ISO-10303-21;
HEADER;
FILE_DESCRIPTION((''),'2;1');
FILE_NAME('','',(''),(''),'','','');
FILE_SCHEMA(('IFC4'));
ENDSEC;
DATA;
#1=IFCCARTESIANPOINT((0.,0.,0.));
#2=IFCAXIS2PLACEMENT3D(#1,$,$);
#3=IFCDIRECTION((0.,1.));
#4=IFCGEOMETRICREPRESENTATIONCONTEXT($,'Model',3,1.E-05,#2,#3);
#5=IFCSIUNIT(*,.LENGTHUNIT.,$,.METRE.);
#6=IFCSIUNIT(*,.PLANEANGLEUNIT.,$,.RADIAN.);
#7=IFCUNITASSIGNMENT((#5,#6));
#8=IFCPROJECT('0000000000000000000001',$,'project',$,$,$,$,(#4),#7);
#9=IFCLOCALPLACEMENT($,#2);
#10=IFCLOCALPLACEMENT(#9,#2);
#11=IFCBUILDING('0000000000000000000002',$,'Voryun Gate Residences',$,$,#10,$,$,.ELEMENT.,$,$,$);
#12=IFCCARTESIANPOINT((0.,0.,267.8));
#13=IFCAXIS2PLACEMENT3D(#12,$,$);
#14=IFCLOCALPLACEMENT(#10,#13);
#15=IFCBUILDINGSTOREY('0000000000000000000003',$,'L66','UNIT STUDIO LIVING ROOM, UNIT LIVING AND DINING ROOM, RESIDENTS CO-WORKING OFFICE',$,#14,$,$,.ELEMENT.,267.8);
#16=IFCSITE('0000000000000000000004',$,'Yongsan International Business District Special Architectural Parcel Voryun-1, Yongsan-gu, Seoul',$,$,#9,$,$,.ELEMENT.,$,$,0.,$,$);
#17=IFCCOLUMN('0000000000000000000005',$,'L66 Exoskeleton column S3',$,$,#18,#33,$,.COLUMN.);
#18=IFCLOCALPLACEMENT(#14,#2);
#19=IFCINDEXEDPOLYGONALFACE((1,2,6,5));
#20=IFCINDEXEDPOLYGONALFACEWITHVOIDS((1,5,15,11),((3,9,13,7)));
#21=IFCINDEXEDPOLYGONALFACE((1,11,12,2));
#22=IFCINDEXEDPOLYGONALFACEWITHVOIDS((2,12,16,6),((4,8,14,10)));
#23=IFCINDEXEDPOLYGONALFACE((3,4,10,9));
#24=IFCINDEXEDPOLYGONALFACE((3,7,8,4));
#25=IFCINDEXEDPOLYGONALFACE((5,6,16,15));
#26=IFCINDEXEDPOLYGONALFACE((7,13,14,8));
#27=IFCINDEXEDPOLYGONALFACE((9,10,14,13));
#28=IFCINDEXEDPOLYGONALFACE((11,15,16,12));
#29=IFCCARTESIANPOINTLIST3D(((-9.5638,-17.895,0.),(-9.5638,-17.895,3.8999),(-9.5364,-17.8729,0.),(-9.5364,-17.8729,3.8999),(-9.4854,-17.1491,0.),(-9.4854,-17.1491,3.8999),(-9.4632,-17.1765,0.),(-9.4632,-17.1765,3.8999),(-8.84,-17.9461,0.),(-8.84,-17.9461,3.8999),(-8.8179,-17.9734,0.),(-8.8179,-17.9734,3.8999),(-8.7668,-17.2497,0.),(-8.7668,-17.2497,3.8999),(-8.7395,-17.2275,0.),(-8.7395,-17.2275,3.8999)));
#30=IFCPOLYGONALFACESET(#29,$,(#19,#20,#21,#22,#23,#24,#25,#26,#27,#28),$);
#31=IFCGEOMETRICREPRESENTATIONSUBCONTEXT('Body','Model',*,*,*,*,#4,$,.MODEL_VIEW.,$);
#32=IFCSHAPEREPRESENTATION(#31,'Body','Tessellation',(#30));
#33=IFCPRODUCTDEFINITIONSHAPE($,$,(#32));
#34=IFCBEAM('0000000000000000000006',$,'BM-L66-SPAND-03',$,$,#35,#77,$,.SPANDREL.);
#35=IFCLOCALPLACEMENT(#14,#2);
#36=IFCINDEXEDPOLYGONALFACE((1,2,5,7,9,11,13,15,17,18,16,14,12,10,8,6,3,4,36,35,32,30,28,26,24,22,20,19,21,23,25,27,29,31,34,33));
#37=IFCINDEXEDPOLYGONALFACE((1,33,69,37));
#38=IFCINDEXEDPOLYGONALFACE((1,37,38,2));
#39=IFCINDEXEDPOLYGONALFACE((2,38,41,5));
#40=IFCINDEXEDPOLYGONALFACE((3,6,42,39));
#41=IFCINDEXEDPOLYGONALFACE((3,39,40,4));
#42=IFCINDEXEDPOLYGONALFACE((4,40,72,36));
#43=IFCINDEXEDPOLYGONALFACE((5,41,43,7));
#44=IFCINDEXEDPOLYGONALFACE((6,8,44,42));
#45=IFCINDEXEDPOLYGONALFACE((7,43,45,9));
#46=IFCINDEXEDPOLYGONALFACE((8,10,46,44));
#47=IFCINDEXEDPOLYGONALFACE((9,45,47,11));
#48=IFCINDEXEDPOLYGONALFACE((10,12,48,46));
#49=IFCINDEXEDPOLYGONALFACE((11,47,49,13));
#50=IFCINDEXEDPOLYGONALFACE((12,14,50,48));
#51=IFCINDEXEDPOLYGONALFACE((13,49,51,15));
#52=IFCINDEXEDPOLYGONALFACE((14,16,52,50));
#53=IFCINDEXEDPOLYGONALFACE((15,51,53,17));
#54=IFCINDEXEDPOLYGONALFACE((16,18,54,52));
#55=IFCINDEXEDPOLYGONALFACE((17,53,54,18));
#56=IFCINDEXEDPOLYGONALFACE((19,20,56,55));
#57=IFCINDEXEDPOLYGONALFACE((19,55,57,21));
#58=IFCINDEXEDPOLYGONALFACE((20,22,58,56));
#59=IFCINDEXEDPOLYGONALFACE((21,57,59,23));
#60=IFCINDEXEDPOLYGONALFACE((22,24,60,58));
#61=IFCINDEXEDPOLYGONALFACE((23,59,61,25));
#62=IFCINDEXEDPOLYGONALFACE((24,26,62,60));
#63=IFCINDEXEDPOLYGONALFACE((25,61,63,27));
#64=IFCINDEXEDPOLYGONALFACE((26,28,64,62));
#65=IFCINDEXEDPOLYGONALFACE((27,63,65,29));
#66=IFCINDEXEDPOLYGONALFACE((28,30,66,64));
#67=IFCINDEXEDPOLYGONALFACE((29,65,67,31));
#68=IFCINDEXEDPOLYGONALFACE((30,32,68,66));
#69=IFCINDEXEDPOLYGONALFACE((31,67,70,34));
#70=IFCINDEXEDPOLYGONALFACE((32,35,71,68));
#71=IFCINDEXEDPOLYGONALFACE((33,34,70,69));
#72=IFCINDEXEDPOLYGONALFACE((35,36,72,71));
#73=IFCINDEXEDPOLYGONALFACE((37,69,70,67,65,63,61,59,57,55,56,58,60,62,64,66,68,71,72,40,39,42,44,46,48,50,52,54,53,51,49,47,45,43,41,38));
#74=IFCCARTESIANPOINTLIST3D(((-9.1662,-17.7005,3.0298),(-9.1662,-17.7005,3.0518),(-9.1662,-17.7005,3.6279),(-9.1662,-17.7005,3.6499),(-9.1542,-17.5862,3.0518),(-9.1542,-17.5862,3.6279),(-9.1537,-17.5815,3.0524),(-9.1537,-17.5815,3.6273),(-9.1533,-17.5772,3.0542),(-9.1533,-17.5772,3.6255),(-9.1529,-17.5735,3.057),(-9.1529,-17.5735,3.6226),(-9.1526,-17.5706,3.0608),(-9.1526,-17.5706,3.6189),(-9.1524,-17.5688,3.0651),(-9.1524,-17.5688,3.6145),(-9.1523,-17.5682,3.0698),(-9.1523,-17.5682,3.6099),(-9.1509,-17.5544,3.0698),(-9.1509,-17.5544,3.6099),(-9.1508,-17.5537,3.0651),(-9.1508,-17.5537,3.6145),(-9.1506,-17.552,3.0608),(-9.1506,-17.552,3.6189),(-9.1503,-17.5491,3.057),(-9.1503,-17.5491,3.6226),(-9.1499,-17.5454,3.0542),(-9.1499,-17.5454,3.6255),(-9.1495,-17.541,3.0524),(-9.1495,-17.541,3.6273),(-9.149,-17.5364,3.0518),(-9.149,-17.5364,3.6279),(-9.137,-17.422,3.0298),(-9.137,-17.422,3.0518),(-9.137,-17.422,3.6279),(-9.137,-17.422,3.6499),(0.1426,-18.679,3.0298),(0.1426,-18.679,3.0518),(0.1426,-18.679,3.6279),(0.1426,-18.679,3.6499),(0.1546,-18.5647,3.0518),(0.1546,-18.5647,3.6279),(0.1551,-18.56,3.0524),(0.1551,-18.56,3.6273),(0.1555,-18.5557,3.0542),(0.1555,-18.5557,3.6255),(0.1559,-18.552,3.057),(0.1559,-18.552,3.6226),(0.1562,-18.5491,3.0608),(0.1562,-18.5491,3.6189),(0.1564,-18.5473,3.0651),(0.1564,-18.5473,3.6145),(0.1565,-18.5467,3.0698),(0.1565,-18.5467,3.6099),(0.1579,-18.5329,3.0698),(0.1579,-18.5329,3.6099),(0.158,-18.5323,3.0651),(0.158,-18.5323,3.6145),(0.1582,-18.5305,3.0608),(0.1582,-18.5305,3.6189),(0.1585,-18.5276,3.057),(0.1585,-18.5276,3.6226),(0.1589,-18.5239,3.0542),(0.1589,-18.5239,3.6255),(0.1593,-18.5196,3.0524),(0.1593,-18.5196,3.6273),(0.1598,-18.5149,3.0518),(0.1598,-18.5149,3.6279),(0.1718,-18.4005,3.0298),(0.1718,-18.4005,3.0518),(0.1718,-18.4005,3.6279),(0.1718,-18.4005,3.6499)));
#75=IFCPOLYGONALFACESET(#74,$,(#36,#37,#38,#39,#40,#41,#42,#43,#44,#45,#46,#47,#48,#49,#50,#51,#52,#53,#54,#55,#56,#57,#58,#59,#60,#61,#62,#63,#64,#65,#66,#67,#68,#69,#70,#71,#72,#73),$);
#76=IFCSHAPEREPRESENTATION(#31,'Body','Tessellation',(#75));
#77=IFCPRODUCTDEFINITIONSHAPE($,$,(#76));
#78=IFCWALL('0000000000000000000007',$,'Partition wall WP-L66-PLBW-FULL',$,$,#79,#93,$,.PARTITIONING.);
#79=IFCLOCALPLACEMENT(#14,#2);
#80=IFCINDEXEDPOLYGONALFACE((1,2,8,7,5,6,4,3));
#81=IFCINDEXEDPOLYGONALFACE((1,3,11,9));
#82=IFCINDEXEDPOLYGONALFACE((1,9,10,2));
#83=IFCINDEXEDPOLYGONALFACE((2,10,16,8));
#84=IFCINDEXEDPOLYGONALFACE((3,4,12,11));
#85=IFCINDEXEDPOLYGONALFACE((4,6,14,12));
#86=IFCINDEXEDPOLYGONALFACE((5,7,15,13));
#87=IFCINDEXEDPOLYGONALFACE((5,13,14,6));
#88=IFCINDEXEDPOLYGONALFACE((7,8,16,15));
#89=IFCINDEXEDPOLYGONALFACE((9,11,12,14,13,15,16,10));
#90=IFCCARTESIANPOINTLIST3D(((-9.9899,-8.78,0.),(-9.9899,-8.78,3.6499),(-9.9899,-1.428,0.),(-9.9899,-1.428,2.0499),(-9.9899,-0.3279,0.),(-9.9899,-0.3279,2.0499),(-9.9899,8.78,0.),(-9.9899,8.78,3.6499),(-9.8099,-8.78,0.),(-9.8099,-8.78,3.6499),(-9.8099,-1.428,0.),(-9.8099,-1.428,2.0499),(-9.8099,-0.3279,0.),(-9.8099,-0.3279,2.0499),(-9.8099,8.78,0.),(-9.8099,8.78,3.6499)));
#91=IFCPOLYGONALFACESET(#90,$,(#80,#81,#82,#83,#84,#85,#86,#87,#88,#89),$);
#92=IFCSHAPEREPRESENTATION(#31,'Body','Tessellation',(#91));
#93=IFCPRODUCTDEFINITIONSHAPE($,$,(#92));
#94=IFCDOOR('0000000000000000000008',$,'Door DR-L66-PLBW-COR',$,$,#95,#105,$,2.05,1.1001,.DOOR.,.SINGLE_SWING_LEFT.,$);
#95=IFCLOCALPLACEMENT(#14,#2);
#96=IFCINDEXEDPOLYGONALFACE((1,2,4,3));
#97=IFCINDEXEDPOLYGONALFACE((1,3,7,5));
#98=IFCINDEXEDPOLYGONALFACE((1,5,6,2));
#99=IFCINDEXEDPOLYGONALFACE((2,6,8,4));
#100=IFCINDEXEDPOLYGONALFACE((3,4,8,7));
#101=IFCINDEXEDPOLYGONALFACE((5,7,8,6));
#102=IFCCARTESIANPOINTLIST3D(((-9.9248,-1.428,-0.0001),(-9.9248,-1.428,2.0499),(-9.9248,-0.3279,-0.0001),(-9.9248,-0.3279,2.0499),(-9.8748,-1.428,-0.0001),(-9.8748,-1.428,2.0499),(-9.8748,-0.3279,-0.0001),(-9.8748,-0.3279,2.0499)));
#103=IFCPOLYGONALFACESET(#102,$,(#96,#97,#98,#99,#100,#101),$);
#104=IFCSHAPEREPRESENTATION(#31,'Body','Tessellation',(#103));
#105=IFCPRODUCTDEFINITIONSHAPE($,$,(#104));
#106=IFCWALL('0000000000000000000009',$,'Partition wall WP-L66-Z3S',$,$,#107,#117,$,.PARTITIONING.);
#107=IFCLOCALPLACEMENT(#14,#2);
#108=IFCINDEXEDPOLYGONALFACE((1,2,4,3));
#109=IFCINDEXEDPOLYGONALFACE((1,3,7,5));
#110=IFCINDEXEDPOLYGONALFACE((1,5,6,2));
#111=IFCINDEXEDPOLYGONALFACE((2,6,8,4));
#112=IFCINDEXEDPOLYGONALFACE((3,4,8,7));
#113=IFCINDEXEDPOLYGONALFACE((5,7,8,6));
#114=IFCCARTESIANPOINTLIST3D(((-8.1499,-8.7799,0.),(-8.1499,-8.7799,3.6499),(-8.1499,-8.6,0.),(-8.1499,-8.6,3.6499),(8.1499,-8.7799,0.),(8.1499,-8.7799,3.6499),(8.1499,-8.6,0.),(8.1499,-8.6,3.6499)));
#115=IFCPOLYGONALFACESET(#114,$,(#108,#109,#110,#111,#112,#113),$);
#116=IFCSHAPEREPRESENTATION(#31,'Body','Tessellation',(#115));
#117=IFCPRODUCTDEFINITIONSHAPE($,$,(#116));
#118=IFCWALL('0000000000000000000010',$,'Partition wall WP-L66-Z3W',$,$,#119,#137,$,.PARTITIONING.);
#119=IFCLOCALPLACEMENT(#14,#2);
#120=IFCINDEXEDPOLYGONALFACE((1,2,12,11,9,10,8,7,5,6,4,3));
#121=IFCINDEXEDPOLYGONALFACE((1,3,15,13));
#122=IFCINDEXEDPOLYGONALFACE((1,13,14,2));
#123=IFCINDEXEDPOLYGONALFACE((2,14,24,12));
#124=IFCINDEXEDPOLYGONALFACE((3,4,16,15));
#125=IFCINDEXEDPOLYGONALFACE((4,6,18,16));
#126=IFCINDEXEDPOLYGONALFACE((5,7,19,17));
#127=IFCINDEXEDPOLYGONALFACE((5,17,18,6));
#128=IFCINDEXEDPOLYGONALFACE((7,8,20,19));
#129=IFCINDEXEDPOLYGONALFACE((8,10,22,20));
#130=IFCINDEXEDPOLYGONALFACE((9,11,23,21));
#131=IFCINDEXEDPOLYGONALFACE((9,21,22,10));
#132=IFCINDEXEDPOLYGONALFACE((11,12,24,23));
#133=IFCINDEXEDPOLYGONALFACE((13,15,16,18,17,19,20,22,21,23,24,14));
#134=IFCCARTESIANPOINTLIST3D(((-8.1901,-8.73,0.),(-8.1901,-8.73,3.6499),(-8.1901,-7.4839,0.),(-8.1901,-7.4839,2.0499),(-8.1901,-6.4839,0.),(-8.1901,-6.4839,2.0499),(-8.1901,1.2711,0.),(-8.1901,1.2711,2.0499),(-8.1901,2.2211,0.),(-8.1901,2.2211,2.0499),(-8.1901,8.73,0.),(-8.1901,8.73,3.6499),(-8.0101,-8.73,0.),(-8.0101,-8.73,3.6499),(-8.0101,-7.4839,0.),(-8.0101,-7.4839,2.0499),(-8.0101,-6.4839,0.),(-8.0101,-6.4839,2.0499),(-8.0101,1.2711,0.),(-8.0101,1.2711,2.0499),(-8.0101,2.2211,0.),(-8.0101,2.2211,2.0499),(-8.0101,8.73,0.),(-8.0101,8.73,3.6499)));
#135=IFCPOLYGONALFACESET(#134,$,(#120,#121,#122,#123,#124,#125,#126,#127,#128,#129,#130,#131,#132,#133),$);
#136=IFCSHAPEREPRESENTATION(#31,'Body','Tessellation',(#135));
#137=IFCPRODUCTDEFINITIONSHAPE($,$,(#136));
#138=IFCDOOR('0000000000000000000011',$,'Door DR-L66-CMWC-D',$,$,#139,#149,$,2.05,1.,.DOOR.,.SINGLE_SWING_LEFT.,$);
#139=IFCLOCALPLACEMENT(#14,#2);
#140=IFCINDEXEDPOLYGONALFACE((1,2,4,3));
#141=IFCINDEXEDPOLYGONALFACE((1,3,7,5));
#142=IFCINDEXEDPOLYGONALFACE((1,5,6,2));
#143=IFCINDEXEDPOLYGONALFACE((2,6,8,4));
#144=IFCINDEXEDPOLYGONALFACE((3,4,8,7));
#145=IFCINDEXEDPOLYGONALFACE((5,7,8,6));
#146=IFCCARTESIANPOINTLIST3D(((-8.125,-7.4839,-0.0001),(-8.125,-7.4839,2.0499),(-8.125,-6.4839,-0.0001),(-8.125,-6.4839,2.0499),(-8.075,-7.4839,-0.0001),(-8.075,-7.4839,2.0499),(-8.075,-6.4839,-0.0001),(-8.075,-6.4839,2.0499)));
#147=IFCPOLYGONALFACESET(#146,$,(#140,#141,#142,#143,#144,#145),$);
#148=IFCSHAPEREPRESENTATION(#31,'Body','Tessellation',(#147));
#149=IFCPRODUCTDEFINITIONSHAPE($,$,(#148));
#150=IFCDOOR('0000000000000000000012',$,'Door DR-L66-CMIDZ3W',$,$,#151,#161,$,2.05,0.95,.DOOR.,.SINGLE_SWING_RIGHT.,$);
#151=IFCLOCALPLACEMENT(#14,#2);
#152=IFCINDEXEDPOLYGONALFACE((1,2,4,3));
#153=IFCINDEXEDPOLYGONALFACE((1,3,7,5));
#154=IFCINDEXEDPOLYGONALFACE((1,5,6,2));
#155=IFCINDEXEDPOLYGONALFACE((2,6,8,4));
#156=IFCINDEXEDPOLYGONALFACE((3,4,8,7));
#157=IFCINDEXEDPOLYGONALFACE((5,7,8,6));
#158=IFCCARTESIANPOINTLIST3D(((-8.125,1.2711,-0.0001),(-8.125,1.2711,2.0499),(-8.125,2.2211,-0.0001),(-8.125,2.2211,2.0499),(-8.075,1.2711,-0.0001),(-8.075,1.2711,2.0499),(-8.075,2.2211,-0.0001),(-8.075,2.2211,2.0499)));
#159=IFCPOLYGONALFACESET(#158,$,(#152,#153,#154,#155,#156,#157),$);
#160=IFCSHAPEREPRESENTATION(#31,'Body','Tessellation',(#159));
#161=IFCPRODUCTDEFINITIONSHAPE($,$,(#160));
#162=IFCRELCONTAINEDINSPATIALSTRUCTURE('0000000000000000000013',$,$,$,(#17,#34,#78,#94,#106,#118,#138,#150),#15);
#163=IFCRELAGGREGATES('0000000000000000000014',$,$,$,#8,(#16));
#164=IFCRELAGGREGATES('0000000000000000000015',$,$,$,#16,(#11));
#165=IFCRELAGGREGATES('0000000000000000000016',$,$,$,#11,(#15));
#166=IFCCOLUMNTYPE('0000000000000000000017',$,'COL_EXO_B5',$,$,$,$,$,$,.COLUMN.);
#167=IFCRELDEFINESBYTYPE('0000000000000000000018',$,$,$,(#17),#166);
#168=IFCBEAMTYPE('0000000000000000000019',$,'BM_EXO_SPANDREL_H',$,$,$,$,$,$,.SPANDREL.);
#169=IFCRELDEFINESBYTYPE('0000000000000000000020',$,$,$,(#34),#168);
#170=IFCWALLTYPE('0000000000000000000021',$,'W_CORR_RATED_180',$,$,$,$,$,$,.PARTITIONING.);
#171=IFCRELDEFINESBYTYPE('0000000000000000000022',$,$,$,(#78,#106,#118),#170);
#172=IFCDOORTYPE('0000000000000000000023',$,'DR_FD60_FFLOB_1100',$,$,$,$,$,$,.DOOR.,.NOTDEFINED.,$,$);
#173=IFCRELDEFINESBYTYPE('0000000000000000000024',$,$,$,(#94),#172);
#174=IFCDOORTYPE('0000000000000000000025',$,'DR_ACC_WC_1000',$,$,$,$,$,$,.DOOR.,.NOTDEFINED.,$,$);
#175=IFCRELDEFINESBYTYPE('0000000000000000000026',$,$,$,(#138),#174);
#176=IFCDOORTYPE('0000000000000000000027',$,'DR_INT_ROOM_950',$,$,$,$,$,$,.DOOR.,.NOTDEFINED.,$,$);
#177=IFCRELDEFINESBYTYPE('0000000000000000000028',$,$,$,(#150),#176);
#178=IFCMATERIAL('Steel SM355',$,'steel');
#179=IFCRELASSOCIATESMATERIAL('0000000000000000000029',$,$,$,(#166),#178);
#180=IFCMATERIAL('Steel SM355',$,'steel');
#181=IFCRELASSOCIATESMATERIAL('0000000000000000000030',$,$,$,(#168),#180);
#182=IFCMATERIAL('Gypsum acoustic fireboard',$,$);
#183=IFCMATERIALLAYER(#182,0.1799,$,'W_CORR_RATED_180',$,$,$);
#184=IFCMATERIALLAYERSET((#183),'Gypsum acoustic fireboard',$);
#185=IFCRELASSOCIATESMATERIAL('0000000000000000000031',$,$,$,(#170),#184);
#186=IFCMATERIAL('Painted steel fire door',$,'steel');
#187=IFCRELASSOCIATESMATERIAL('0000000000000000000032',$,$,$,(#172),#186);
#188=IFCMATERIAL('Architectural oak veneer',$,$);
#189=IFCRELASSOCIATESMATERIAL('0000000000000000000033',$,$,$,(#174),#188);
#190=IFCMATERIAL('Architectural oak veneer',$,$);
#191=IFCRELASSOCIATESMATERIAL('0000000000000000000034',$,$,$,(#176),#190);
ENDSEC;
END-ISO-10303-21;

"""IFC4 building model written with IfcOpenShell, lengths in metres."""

from ifc_helpers import new_model, si_unit, direction, frame, frame_2d, origin, origin_2d, place, context, subcontext, project, spatial, rectangle, hollow_rectangle, i_section, extrude, material, layer, layer_set, material_profile, profile_set, type_object, element, fill, save


model = new_model("IFC4")

# Units and contexts
model_context = context("Model", 3, precision=1e-05, world=origin(), true_north=direction((0.0, 1.0)))
body_context = subcontext(model_context, "Body", "Model", "MODEL_VIEW")
ifc_project = project(units=[si_unit("LENGTHUNIT", "METRE"), si_unit("PLANEANGLEUNIT", "RADIAN")], contexts=[model_context])

# Site, building, storey
site_placement = place(None, origin())
site = spatial("IfcSite", under=ifc_project, at=site_placement, Name="Yongsan International Business District Special Architectural Parcel Voryun-1, Yongsan-gu, Seoul", CompositionType="ELEMENT", RefElevation=0.0)
building_placement = place(site_placement, origin())
building = spatial("IfcBuilding", under=site, at=building_placement, Name="Voryun Gate Residences", CompositionType="ELEMENT")
storey_placement = place(building_placement, frame((0.0, 0.0, 267.8)))
storey = spatial("IfcBuildingStorey", under=building, at=storey_placement, Name="L66", Description="UNIT STUDIO LIVING ROOM, UNIT LIVING AND DINING ROOM, RESIDENTS CO-WORKING OFFICE", CompositionType="ELEMENT", Elevation=267.8)

# Column
ifc_material_1 = material(Name="Steel SM355", Category="steel")
ifc_material_profile_1 = material_profile(ifc_material_1, hollow_rectangle(XDim=0.75, YDim=0.75, WallThickness=0.0249, at=origin_2d()), Name="BOX-750x750x25")
ifc_profile_set_1 = profile_set([ifc_material_profile_1], Name="Steel SM355")
column_type = type_object("IfcColumnType", Name="COL_EXO_B5", PredefinedType="COLUMN", material=ifc_profile_set_1)
column_placement = place(storey_placement, frame((-9.1516, -17.5613, 0.0), z_axis=(0.0, 0.0, 1.0), x_axis=(0.994522, -0.104528, 0.0)))
element("IfcColumn", 1, at=column_placement, inside=storey, type_object=column_type, Name="L66 Exoskeleton column S3", PredefinedType="COLUMN", context=body_context, shape_type="SweptSolid", body=[
    extrude(hollow_rectangle(XDim=0.75, YDim=0.75, WallThickness=0.0249, at=origin_2d()), origin(), (0.0, 0.0, 1.0), 3.8999),
])

# Beam
ifc_material_2 = material(Name="Steel SM355", Category="steel")
ifc_material_profile_2 = material_profile(ifc_material_2, i_section(OverallWidth=0.28, OverallDepth=0.6201, WebThickness=0.0139, FlangeThickness=0.022, FilletRadius=0.0181, at=origin_2d()), Name="H-620x280x14x22")
ifc_profile_set_2 = profile_set([ifc_material_profile_2], Name="Steel SM355")
beam_type = type_object("IfcBeamType", Name="BM_EXO_SPANDREL_H", PredefinedType="SPANDREL", material=ifc_profile_set_2)
beam_placement = place(storey_placement, frame((-9.1516, -17.5613, 3.3398), z_axis=(0.994521, -0.104541, 0.0), x_axis=(0.104541, 0.994521, 0.0)))
element("IfcBeam", 2, at=beam_placement, inside=storey, type_object=beam_type, Name="BM-L66-SPAND-03", PredefinedType="SPANDREL", context=body_context, shape_type="SweptSolid", body=[
    extrude(i_section(OverallWidth=0.28, OverallDepth=0.6201, WebThickness=0.0139, FlangeThickness=0.022, FilletRadius=0.0181, at=origin_2d()), origin(), (0.0, 0.0, 1.0), 9.3601),
])

# Wall, opening, door
ifc_material_3 = material(Name="Gypsum acoustic fireboard")
ifc_layer_1 = layer(ifc_material_3, 0.1799, Name="W_CORR_RATED_180")
ifc_layer_set_1 = layer_set([ifc_layer_1], Name="Gypsum acoustic fireboard")
wall_type_1 = type_object("IfcWallType", Name="W_CORR_RATED_180", PredefinedType="PARTITIONING", material=ifc_layer_set_1)
wall_1_placement = place(storey_placement, frame((-9.8999, -8.78, 0.0), z_axis=(0.0, 0.0, 1.0), x_axis=(0.0, 1.0, 0.0)))
wall_1 = element("IfcWall", 3, at=wall_1_placement, inside=storey, type_object=wall_type_1, Name="Partition wall WP-L66-PLBW-FULL", PredefinedType="PARTITIONING", context=body_context, shape_type="SweptSolid", body=[
    extrude(rectangle(XDim=17.5601, YDim=0.1799, at=frame_2d((8.78, 0.0))), origin(), (0.0, 0.0, 1.0), 3.6499),
])
opening_1_placement = place(wall_1_placement, frame((7.3521, 0.0, 0.0)))
opening_1 = element("IfcOpeningElement", 4, at=opening_1_placement, cuts=wall_1, PredefinedType="OPENING", context=body_context, shape_type="SweptSolid", body=[
    extrude(rectangle(XDim=1.1001, YDim=2.05, at=frame_2d((0.55, 1.0249))), frame((0.0, 0.0999, 0.0), z_axis=(0.0, -1.0, 0.0), x_axis=(1.0, 0.0, 0.0)), (0.0, 0.0, 1.0), 0.2),
])
ifc_material_4 = material(Name="Painted steel fire door", Category="steel")
door_type_1 = type_object("IfcDoorType", Name="DR_FD60_FFLOB_1100", OperationType="NOTDEFINED", PredefinedType="DOOR", material=ifc_material_4)
door_1_placement = place(opening_1_placement, origin())
door_1 = element("IfcDoor", 5, at=door_1_placement, inside=storey, type_object=door_type_1, Name="Door DR-L66-PLBW-COR", OperationType="SINGLE_SWING_LEFT", OverallHeight=2.05, OverallWidth=1.1001, PredefinedType="DOOR", context=body_context, shape_type="SweptSolid", body=[
    extrude(rectangle(XDim=1.1001, YDim=2.05, at=frame_2d((0.55, 1.0249))), frame((0.0, 0.0249, 0.0), z_axis=(0.0, -1.0, 0.0), x_axis=(1.0, 0.0, 0.0)), (0.0, 0.0, 1.0), 0.05),
])
fill(opening_1, door_1)

# Wall
wall_2_placement = place(storey_placement, frame((-8.1499, -8.6899, 0.0), z_axis=(0.0, 0.0, 1.0), x_axis=(1.0, 0.0, 0.0)))
element("IfcWall", 6, at=wall_2_placement, inside=storey, type_object=wall_type_1, Name="Partition wall WP-L66-Z3S", PredefinedType="PARTITIONING", context=body_context, shape_type="SweptSolid", body=[
    extrude(rectangle(XDim=16.2998, YDim=0.1799, at=frame_2d((8.1499, 0.0))), origin(), (0.0, 0.0, 1.0), 3.6499),
])

# Wall, openings, doors
wall_3_placement = place(storey_placement, frame((-8.1001, -8.73, 0.0), z_axis=(0.0, 0.0, 1.0), x_axis=(0.0, 1.0, 0.0)))
wall_3 = element("IfcWall", 7, at=wall_3_placement, inside=storey, type_object=wall_type_1, Name="Partition wall WP-L66-Z3W", PredefinedType="PARTITIONING", context=body_context, shape_type="SweptSolid", body=[
    extrude(rectangle(XDim=17.46, YDim=0.1799, at=frame_2d((8.73, 0.0))), origin(), (0.0, 0.0, 1.0), 3.6499),
])
opening_2_placement = place(wall_3_placement, frame((1.2461, 0.0, 0.0)))
opening_2 = element("IfcOpeningElement", 8, at=opening_2_placement, cuts=wall_3, PredefinedType="OPENING", context=body_context, shape_type="SweptSolid", body=[
    extrude(rectangle(XDim=1.0, YDim=2.05, at=frame_2d((0.5, 1.0249))), frame((0.0, 0.0999, 0.0), z_axis=(0.0, -1.0, 0.0), x_axis=(1.0, 0.0, 0.0)), (0.0, 0.0, 1.0), 0.2),
])
opening_3_placement = place(wall_3_placement, frame((10.001, 0.0, 0.0)))
opening_3 = element("IfcOpeningElement", 9, at=opening_3_placement, cuts=wall_3, PredefinedType="OPENING", context=body_context, shape_type="SweptSolid", body=[
    extrude(rectangle(XDim=0.95, YDim=2.05, at=frame_2d((0.4751, 1.0249))), frame((0.0, 0.0999, 0.0), z_axis=(0.0, -1.0, 0.0), x_axis=(1.0, 0.0, 0.0)), (0.0, 0.0, 1.0), 0.2),
])
ifc_material_5 = material(Name="Architectural oak veneer")
door_type_2 = type_object("IfcDoorType", Name="DR_ACC_WC_1000", OperationType="NOTDEFINED", PredefinedType="DOOR", material=ifc_material_5)
door_2_placement = place(opening_2_placement, origin())
door_2 = element("IfcDoor", 10, at=door_2_placement, inside=storey, type_object=door_type_2, Name="Door DR-L66-CMWC-D", OperationType="SINGLE_SWING_LEFT", OverallHeight=2.05, OverallWidth=1.0, PredefinedType="DOOR", context=body_context, shape_type="SweptSolid", body=[
    extrude(rectangle(XDim=1.0, YDim=2.05, at=frame_2d((0.5, 1.0249))), frame((0.0, 0.0249, 0.0), z_axis=(0.0, -1.0, 0.0), x_axis=(1.0, 0.0, 0.0)), (0.0, 0.0, 1.0), 0.05),
])
fill(opening_2, door_2)
ifc_material_6 = material(Name="Architectural oak veneer")
door_type_3 = type_object("IfcDoorType", Name="DR_INT_ROOM_950", OperationType="NOTDEFINED", PredefinedType="DOOR", material=ifc_material_6)
door_3_placement = place(opening_3_placement, origin())
door_3 = element("IfcDoor", 11, at=door_3_placement, inside=storey, type_object=door_type_3, Name="Door DR-L66-CMIDZ3W", OperationType="SINGLE_SWING_RIGHT", OverallHeight=2.05, OverallWidth=0.95, PredefinedType="DOOR", context=body_context, shape_type="SweptSolid", body=[
    extrude(rectangle(XDim=0.95, YDim=2.05, at=frame_2d((0.4751, 1.0249))), frame((0.0, 0.0249, 0.0), z_axis=(0.0, -1.0, 0.0), x_axis=(1.0, 0.0, 0.0)), (0.0, 0.0, 1.0), 0.05),
])
fill(opening_3, door_3)

save(model, "model.ifc")
